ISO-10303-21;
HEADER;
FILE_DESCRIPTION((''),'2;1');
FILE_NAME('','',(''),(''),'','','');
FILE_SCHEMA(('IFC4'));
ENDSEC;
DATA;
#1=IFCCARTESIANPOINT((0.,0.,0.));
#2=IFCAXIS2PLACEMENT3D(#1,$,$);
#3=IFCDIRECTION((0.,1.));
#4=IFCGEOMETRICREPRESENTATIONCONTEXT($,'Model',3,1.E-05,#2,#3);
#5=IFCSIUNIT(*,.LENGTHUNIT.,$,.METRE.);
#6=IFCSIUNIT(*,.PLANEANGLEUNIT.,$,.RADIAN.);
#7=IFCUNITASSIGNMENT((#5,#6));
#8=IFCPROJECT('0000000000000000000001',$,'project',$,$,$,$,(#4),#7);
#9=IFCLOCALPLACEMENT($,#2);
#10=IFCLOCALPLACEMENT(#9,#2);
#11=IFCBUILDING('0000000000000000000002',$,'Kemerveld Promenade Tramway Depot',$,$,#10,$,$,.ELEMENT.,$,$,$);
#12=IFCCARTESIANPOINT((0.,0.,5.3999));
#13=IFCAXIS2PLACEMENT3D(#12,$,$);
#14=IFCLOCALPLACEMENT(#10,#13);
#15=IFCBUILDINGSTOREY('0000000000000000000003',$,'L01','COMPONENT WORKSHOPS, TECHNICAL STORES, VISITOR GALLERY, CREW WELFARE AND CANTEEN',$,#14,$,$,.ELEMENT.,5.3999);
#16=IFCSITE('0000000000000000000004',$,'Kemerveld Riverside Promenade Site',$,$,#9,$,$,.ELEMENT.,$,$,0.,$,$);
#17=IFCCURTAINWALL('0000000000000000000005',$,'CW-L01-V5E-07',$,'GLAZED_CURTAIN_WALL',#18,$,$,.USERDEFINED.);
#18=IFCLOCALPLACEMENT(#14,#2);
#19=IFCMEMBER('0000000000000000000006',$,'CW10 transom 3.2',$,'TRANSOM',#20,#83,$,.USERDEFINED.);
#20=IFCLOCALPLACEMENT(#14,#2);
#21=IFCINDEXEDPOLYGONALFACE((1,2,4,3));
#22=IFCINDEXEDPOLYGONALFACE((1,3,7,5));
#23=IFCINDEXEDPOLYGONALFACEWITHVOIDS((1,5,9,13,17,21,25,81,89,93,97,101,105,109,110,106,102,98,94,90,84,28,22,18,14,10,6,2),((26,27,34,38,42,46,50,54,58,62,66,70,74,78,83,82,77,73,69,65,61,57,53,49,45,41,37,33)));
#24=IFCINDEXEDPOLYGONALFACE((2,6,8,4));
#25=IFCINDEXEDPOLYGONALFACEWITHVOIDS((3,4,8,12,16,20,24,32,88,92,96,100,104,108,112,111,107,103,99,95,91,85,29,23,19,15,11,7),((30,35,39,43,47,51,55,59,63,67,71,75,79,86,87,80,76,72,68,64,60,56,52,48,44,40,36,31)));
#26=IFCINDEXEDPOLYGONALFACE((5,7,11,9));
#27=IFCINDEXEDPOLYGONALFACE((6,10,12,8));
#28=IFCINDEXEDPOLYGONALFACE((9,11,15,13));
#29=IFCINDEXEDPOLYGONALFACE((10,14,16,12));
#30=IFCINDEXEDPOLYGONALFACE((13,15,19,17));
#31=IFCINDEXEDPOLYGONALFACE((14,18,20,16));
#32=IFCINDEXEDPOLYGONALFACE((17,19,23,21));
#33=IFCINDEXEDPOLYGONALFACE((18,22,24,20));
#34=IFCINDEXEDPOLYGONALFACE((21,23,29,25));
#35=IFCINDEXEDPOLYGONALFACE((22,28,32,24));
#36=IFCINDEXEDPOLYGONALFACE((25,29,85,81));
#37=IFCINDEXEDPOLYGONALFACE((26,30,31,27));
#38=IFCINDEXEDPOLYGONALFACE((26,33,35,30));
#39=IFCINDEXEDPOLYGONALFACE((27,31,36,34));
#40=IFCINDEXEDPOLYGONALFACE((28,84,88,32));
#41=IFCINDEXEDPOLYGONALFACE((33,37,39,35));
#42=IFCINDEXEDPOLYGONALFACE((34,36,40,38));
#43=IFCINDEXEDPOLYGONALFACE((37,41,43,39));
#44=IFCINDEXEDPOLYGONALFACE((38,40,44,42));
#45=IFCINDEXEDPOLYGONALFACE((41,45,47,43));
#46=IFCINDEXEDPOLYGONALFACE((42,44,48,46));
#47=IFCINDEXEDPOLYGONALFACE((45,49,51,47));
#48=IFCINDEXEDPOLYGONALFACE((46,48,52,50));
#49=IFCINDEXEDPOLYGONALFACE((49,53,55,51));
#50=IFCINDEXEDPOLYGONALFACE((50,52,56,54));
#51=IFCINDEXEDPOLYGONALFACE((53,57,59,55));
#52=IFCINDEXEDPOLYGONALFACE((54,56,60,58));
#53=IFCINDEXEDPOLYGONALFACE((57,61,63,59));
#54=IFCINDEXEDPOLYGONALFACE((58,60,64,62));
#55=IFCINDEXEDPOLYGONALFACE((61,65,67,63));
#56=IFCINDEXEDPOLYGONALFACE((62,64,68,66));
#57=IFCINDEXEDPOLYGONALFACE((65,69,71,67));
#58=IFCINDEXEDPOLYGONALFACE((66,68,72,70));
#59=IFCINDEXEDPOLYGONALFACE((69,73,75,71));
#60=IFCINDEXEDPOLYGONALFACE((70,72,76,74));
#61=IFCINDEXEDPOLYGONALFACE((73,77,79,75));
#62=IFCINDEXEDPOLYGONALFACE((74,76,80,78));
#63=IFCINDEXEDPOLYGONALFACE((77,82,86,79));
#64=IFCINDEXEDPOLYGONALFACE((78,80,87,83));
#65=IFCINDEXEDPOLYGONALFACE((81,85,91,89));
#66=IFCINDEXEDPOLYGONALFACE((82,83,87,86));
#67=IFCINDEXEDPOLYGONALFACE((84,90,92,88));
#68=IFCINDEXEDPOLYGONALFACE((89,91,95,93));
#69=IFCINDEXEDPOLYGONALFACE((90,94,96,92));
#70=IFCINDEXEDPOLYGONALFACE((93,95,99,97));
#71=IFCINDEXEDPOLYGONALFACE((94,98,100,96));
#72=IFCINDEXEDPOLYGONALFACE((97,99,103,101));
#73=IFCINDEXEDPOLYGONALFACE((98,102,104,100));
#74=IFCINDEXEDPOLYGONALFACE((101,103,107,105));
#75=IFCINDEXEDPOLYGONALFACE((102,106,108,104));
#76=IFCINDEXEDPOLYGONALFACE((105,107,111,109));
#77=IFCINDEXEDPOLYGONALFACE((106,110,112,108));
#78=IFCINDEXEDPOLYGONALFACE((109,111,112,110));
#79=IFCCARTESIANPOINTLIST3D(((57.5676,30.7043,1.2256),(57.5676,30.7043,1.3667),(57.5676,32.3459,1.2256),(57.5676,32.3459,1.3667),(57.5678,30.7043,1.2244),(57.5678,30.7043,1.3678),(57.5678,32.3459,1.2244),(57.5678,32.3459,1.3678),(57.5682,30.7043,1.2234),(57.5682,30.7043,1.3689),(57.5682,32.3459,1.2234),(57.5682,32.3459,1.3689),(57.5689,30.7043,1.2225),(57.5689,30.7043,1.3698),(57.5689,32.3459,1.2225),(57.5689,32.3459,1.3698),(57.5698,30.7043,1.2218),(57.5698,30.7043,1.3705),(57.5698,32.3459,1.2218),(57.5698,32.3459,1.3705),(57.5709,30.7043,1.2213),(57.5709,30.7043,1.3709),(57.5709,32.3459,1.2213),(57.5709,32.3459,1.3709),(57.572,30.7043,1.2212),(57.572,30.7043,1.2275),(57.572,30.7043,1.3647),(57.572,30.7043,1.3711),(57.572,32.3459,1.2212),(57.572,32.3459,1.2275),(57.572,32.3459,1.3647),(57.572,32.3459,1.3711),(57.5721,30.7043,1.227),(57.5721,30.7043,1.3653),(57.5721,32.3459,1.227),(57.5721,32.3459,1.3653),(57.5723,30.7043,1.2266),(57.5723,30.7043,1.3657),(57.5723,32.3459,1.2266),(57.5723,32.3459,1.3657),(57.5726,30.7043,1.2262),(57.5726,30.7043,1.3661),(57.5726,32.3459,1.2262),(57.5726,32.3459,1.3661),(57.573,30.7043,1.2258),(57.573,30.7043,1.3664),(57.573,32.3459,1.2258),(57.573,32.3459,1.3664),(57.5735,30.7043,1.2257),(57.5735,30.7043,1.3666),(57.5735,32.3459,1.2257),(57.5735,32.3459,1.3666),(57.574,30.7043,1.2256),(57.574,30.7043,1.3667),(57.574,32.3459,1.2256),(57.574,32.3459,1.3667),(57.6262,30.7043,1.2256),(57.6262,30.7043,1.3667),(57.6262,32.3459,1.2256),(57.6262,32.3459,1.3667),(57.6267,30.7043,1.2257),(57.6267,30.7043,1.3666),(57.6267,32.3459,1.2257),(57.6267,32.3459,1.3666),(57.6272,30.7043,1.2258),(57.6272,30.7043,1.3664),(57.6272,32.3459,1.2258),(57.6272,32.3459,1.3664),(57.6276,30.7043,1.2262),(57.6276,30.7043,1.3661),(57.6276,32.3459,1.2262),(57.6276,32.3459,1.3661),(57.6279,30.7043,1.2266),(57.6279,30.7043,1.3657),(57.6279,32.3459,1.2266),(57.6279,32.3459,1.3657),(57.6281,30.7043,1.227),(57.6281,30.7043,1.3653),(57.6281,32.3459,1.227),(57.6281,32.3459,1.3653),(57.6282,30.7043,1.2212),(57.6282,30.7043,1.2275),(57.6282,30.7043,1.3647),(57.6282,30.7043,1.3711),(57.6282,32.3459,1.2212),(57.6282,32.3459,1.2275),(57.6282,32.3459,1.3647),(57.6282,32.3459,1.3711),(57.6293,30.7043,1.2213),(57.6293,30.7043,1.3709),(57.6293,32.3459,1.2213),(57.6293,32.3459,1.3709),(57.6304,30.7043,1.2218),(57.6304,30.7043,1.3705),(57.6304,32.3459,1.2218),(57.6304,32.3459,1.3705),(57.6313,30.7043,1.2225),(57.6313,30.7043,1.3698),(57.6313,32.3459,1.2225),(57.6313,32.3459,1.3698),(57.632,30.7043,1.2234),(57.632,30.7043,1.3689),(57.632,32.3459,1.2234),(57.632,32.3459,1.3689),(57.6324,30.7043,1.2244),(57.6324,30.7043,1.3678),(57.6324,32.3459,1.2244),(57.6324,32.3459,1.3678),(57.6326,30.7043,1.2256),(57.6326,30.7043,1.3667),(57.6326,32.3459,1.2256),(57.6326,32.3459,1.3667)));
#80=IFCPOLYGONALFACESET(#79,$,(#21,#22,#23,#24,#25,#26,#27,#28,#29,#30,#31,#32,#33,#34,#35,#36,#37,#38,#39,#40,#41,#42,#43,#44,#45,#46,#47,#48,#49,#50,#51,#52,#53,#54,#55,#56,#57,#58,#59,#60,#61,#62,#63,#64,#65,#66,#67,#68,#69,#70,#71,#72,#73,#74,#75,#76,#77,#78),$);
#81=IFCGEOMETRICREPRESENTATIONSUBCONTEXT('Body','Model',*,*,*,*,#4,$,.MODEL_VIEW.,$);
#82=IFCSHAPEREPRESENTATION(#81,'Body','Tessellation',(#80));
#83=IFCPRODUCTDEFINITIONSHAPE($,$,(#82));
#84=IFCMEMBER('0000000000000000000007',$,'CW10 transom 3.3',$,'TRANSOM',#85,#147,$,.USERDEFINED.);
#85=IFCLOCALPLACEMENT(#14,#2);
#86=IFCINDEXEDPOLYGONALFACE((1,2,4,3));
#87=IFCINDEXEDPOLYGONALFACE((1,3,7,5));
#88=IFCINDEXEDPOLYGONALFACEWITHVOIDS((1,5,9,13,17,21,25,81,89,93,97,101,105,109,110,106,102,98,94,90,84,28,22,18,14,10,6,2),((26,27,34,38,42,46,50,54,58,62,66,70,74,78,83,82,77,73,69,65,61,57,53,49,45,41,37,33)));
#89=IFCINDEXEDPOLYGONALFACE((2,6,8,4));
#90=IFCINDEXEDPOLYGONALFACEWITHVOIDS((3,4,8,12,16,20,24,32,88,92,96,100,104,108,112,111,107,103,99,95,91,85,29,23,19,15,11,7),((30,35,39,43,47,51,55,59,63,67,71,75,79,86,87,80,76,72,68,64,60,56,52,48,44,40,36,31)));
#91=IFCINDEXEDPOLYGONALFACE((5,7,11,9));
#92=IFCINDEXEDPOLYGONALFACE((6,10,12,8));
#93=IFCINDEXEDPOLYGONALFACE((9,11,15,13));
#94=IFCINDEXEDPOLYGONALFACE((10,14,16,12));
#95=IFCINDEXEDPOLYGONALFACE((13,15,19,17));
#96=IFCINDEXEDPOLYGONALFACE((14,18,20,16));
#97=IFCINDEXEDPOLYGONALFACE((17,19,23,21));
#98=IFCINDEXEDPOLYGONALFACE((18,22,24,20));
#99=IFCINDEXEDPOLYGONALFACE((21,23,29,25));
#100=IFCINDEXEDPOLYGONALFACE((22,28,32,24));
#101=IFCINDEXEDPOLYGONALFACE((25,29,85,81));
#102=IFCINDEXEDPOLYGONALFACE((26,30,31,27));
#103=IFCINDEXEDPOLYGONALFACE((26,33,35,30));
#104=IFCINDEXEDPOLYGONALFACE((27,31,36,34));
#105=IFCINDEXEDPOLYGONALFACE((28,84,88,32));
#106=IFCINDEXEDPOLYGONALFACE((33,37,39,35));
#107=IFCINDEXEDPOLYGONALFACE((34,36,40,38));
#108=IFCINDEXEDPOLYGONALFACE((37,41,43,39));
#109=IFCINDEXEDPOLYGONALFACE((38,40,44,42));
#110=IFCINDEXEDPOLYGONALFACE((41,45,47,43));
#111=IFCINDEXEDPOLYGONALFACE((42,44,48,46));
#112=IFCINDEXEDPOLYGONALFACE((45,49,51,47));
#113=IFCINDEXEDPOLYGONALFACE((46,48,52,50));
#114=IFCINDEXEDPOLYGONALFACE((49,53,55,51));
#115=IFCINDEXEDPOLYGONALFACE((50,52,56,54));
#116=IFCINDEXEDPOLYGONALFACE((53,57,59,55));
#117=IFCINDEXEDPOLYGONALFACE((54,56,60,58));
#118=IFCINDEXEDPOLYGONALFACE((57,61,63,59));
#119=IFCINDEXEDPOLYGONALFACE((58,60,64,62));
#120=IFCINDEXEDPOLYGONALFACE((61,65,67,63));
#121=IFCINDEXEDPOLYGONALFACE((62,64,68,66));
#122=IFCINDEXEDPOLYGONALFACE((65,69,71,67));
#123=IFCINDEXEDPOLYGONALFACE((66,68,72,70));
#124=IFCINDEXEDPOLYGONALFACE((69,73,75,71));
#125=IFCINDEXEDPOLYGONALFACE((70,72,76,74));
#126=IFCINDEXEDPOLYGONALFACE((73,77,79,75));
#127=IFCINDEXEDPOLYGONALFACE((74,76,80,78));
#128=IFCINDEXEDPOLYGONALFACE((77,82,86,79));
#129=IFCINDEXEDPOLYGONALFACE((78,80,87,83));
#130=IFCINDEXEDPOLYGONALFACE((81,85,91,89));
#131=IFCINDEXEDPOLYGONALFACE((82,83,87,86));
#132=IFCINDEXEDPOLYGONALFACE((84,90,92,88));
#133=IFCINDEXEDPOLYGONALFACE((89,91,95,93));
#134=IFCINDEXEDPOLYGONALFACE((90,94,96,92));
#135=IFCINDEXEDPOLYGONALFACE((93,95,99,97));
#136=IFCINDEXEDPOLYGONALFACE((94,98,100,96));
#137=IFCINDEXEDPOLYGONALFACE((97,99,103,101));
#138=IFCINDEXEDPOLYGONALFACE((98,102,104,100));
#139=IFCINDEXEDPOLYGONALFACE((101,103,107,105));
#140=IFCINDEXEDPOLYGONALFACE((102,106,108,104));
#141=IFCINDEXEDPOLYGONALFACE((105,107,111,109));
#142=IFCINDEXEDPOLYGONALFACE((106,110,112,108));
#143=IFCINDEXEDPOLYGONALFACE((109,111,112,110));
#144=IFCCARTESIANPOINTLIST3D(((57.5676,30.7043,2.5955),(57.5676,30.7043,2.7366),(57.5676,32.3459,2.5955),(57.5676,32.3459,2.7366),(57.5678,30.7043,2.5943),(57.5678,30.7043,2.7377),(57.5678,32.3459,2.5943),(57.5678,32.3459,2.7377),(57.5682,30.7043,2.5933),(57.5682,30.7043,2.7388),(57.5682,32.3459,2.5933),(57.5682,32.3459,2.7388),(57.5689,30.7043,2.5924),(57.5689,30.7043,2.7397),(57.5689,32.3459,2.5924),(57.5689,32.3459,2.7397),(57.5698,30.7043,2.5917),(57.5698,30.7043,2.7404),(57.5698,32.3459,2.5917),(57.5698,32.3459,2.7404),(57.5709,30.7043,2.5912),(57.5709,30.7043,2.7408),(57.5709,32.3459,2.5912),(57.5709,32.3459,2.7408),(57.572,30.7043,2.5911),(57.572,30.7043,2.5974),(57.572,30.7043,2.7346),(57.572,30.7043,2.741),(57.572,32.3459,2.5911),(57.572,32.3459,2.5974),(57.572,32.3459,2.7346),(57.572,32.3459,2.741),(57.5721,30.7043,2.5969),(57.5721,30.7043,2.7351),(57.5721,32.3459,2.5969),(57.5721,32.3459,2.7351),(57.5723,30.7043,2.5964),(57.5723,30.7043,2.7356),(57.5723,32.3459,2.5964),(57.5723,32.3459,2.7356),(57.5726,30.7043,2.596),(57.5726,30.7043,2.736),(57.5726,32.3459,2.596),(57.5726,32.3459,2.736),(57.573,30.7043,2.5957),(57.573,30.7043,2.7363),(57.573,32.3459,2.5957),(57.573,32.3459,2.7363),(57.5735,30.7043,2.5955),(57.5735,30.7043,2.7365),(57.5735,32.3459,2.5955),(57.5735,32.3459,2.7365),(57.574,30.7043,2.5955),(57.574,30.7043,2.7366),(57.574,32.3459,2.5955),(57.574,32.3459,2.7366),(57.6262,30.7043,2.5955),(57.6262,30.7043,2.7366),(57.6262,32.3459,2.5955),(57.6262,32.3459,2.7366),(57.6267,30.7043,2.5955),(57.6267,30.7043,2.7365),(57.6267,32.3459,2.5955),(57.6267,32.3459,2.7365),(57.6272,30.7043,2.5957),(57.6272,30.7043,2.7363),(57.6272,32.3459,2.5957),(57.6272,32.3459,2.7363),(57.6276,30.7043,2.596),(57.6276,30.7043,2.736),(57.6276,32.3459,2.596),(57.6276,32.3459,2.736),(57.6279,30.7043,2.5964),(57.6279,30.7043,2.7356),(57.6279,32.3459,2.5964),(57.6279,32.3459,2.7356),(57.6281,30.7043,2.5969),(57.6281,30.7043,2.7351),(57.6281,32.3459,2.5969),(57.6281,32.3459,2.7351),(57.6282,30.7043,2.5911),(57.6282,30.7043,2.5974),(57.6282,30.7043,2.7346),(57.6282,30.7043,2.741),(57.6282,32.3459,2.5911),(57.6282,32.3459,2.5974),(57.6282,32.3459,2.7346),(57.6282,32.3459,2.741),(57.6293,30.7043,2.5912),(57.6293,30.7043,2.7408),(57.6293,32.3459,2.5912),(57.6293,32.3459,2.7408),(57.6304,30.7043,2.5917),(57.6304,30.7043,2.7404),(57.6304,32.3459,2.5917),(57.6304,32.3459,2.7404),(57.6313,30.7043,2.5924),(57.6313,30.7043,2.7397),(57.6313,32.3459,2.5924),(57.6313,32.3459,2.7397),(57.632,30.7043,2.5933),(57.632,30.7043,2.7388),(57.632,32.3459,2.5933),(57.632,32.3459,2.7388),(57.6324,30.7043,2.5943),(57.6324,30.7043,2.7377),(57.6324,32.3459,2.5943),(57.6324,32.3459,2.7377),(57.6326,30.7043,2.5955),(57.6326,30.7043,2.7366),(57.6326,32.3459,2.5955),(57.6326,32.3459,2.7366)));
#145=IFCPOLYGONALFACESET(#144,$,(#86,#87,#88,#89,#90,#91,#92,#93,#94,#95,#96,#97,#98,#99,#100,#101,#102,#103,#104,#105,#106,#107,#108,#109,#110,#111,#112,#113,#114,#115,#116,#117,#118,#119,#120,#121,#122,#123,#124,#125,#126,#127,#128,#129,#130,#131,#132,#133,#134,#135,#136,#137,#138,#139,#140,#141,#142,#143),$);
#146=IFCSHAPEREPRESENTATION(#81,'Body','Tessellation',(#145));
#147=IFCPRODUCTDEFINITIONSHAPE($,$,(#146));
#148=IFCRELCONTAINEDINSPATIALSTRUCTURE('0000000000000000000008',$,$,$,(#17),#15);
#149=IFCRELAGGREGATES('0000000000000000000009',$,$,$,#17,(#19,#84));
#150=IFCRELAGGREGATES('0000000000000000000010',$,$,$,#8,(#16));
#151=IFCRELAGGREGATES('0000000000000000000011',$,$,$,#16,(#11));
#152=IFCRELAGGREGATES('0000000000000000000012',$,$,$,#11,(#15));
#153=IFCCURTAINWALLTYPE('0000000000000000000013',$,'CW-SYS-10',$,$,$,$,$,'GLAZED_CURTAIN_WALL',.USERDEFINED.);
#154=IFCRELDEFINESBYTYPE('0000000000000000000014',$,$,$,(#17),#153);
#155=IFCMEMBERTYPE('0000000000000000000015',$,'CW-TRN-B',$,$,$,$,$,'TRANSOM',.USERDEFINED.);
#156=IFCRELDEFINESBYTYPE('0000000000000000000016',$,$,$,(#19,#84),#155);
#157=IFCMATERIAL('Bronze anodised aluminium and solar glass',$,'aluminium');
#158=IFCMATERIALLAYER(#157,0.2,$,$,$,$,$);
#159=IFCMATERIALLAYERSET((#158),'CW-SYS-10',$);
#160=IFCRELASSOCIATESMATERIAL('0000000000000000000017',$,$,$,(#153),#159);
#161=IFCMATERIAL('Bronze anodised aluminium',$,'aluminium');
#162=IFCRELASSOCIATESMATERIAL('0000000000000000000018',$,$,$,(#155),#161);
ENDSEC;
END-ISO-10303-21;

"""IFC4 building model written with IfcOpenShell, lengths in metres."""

from ifc_helpers import new_model, si_unit, direction, frame, origin, origin_2d, place, context, subcontext, project, spatial, hollow_rectangle, extrude, material, layer, layer_set, material_profile, profile_set, type_object, element, aggregate, save


model = new_model("IFC4")

# Units and contexts
model_context = context("Model", 3, precision=1e-05, world=origin(), true_north=direction((0.0, 1.0)))
body_context = subcontext(model_context, "Body", "Model", "MODEL_VIEW")
ifc_project = project(units=[si_unit("LENGTHUNIT", "METRE"), si_unit("PLANEANGLEUNIT", "RADIAN")], contexts=[model_context])

# Site, building, storey
site_placement = place(None, origin())
site = spatial("IfcSite", under=ifc_project, at=site_placement, Name="Kemerveld Riverside Promenade Site", CompositionType="ELEMENT", RefElevation=0.0)
building_placement = place(site_placement, origin())
building = spatial("IfcBuilding", under=site, at=building_placement, Name="Kemerveld Promenade Tramway Depot", CompositionType="ELEMENT")
storey_placement = place(building_placement, frame((0.0, 0.0, 5.3999)))
storey = spatial("IfcBuildingStorey", under=building, at=storey_placement, Name="L01", Description="COMPONENT WORKSHOPS, TECHNICAL STORES, VISITOR GALLERY, CREW WELFARE AND CANTEEN", CompositionType="ELEMENT", Elevation=5.3999)

# Shared definitions
ifc_material_1 = material(Name="Bronze anodised aluminium and solar glass", Category="aluminium")
ifc_material_2 = material(Name="Bronze anodised aluminium", Category="aluminium")

# Curtain wall, members
ifc_layer_1 = layer(ifc_material_1, 0.2)
ifc_layer_set_1 = layer_set([ifc_layer_1], Name="CW-SYS-10")
curtain_wall_type_1 = type_object("IfcCurtainWallType", Name="CW-SYS-10", ElementType="GLAZED_CURTAIN_WALL", PredefinedType="USERDEFINED", material=ifc_layer_set_1)
curtain_wall_1_placement = place(storey_placement, origin())
curtain_wall_1 = element("IfcCurtainWall", 1, at=curtain_wall_1_placement, inside=storey, type_object=curtain_wall_type_1, Name="CW-L01-V5E-07", ObjectType="GLAZED_CURTAIN_WALL", PredefinedType="USERDEFINED")
ifc_material_profile_1 = material_profile(ifc_material_2, hollow_rectangle(XDim=0.0649, YDim=0.1499, WallThickness=0.0044, InnerFilletRadius=0.002, OuterFilletRadius=0.0044, at=origin_2d()), Name="CW-TRN-150x65")
ifc_profile_set_1 = profile_set([ifc_material_profile_1], Name="Bronze anodised aluminium")
member_type_1 = type_object("IfcMemberType", Name="CW-TRN-B", ElementType="TRANSOM", PredefinedType="USERDEFINED", material=ifc_profile_set_1)
member_1_placement = place(storey_placement, frame((57.6001, 32.3459, 1.2961), z_axis=(0.0, -1.0, 0.0), x_axis=(1.0, 0.0, 0.0)))
member_1 = element("IfcMember", 2, at=member_1_placement, type_object=member_type_1, Name="CW10 transom 3.2", ObjectType="TRANSOM", PredefinedType="USERDEFINED", context=body_context, shape_type="SweptSolid", body=[
    extrude(hollow_rectangle(XDim=0.0649, YDim=0.1499, WallThickness=0.0044, InnerFilletRadius=0.002, OuterFilletRadius=0.0044, at=origin_2d()), origin(), (0.0, 0.0, 1.0), 1.6416),
])
member_2_placement = place(storey_placement, frame((57.6001, 32.3459, 2.666), z_axis=(0.0, -1.0, 0.0), x_axis=(1.0, 0.0, 0.0)))
member_2 = element("IfcMember", 3, at=member_2_placement, type_object=member_type_1, Name="CW10 transom 3.3", ObjectType="TRANSOM", PredefinedType="USERDEFINED", context=body_context, shape_type="SweptSolid", body=[
    extrude(hollow_rectangle(XDim=0.0649, YDim=0.1499, WallThickness=0.0044, InnerFilletRadius=0.002, OuterFilletRadius=0.0044, at=origin_2d()), origin(), (0.0, 0.0, 1.0), 1.6416),
])
aggregate(curtain_wall_1, [member_1, member_2])

save(model, "model.ifc")
